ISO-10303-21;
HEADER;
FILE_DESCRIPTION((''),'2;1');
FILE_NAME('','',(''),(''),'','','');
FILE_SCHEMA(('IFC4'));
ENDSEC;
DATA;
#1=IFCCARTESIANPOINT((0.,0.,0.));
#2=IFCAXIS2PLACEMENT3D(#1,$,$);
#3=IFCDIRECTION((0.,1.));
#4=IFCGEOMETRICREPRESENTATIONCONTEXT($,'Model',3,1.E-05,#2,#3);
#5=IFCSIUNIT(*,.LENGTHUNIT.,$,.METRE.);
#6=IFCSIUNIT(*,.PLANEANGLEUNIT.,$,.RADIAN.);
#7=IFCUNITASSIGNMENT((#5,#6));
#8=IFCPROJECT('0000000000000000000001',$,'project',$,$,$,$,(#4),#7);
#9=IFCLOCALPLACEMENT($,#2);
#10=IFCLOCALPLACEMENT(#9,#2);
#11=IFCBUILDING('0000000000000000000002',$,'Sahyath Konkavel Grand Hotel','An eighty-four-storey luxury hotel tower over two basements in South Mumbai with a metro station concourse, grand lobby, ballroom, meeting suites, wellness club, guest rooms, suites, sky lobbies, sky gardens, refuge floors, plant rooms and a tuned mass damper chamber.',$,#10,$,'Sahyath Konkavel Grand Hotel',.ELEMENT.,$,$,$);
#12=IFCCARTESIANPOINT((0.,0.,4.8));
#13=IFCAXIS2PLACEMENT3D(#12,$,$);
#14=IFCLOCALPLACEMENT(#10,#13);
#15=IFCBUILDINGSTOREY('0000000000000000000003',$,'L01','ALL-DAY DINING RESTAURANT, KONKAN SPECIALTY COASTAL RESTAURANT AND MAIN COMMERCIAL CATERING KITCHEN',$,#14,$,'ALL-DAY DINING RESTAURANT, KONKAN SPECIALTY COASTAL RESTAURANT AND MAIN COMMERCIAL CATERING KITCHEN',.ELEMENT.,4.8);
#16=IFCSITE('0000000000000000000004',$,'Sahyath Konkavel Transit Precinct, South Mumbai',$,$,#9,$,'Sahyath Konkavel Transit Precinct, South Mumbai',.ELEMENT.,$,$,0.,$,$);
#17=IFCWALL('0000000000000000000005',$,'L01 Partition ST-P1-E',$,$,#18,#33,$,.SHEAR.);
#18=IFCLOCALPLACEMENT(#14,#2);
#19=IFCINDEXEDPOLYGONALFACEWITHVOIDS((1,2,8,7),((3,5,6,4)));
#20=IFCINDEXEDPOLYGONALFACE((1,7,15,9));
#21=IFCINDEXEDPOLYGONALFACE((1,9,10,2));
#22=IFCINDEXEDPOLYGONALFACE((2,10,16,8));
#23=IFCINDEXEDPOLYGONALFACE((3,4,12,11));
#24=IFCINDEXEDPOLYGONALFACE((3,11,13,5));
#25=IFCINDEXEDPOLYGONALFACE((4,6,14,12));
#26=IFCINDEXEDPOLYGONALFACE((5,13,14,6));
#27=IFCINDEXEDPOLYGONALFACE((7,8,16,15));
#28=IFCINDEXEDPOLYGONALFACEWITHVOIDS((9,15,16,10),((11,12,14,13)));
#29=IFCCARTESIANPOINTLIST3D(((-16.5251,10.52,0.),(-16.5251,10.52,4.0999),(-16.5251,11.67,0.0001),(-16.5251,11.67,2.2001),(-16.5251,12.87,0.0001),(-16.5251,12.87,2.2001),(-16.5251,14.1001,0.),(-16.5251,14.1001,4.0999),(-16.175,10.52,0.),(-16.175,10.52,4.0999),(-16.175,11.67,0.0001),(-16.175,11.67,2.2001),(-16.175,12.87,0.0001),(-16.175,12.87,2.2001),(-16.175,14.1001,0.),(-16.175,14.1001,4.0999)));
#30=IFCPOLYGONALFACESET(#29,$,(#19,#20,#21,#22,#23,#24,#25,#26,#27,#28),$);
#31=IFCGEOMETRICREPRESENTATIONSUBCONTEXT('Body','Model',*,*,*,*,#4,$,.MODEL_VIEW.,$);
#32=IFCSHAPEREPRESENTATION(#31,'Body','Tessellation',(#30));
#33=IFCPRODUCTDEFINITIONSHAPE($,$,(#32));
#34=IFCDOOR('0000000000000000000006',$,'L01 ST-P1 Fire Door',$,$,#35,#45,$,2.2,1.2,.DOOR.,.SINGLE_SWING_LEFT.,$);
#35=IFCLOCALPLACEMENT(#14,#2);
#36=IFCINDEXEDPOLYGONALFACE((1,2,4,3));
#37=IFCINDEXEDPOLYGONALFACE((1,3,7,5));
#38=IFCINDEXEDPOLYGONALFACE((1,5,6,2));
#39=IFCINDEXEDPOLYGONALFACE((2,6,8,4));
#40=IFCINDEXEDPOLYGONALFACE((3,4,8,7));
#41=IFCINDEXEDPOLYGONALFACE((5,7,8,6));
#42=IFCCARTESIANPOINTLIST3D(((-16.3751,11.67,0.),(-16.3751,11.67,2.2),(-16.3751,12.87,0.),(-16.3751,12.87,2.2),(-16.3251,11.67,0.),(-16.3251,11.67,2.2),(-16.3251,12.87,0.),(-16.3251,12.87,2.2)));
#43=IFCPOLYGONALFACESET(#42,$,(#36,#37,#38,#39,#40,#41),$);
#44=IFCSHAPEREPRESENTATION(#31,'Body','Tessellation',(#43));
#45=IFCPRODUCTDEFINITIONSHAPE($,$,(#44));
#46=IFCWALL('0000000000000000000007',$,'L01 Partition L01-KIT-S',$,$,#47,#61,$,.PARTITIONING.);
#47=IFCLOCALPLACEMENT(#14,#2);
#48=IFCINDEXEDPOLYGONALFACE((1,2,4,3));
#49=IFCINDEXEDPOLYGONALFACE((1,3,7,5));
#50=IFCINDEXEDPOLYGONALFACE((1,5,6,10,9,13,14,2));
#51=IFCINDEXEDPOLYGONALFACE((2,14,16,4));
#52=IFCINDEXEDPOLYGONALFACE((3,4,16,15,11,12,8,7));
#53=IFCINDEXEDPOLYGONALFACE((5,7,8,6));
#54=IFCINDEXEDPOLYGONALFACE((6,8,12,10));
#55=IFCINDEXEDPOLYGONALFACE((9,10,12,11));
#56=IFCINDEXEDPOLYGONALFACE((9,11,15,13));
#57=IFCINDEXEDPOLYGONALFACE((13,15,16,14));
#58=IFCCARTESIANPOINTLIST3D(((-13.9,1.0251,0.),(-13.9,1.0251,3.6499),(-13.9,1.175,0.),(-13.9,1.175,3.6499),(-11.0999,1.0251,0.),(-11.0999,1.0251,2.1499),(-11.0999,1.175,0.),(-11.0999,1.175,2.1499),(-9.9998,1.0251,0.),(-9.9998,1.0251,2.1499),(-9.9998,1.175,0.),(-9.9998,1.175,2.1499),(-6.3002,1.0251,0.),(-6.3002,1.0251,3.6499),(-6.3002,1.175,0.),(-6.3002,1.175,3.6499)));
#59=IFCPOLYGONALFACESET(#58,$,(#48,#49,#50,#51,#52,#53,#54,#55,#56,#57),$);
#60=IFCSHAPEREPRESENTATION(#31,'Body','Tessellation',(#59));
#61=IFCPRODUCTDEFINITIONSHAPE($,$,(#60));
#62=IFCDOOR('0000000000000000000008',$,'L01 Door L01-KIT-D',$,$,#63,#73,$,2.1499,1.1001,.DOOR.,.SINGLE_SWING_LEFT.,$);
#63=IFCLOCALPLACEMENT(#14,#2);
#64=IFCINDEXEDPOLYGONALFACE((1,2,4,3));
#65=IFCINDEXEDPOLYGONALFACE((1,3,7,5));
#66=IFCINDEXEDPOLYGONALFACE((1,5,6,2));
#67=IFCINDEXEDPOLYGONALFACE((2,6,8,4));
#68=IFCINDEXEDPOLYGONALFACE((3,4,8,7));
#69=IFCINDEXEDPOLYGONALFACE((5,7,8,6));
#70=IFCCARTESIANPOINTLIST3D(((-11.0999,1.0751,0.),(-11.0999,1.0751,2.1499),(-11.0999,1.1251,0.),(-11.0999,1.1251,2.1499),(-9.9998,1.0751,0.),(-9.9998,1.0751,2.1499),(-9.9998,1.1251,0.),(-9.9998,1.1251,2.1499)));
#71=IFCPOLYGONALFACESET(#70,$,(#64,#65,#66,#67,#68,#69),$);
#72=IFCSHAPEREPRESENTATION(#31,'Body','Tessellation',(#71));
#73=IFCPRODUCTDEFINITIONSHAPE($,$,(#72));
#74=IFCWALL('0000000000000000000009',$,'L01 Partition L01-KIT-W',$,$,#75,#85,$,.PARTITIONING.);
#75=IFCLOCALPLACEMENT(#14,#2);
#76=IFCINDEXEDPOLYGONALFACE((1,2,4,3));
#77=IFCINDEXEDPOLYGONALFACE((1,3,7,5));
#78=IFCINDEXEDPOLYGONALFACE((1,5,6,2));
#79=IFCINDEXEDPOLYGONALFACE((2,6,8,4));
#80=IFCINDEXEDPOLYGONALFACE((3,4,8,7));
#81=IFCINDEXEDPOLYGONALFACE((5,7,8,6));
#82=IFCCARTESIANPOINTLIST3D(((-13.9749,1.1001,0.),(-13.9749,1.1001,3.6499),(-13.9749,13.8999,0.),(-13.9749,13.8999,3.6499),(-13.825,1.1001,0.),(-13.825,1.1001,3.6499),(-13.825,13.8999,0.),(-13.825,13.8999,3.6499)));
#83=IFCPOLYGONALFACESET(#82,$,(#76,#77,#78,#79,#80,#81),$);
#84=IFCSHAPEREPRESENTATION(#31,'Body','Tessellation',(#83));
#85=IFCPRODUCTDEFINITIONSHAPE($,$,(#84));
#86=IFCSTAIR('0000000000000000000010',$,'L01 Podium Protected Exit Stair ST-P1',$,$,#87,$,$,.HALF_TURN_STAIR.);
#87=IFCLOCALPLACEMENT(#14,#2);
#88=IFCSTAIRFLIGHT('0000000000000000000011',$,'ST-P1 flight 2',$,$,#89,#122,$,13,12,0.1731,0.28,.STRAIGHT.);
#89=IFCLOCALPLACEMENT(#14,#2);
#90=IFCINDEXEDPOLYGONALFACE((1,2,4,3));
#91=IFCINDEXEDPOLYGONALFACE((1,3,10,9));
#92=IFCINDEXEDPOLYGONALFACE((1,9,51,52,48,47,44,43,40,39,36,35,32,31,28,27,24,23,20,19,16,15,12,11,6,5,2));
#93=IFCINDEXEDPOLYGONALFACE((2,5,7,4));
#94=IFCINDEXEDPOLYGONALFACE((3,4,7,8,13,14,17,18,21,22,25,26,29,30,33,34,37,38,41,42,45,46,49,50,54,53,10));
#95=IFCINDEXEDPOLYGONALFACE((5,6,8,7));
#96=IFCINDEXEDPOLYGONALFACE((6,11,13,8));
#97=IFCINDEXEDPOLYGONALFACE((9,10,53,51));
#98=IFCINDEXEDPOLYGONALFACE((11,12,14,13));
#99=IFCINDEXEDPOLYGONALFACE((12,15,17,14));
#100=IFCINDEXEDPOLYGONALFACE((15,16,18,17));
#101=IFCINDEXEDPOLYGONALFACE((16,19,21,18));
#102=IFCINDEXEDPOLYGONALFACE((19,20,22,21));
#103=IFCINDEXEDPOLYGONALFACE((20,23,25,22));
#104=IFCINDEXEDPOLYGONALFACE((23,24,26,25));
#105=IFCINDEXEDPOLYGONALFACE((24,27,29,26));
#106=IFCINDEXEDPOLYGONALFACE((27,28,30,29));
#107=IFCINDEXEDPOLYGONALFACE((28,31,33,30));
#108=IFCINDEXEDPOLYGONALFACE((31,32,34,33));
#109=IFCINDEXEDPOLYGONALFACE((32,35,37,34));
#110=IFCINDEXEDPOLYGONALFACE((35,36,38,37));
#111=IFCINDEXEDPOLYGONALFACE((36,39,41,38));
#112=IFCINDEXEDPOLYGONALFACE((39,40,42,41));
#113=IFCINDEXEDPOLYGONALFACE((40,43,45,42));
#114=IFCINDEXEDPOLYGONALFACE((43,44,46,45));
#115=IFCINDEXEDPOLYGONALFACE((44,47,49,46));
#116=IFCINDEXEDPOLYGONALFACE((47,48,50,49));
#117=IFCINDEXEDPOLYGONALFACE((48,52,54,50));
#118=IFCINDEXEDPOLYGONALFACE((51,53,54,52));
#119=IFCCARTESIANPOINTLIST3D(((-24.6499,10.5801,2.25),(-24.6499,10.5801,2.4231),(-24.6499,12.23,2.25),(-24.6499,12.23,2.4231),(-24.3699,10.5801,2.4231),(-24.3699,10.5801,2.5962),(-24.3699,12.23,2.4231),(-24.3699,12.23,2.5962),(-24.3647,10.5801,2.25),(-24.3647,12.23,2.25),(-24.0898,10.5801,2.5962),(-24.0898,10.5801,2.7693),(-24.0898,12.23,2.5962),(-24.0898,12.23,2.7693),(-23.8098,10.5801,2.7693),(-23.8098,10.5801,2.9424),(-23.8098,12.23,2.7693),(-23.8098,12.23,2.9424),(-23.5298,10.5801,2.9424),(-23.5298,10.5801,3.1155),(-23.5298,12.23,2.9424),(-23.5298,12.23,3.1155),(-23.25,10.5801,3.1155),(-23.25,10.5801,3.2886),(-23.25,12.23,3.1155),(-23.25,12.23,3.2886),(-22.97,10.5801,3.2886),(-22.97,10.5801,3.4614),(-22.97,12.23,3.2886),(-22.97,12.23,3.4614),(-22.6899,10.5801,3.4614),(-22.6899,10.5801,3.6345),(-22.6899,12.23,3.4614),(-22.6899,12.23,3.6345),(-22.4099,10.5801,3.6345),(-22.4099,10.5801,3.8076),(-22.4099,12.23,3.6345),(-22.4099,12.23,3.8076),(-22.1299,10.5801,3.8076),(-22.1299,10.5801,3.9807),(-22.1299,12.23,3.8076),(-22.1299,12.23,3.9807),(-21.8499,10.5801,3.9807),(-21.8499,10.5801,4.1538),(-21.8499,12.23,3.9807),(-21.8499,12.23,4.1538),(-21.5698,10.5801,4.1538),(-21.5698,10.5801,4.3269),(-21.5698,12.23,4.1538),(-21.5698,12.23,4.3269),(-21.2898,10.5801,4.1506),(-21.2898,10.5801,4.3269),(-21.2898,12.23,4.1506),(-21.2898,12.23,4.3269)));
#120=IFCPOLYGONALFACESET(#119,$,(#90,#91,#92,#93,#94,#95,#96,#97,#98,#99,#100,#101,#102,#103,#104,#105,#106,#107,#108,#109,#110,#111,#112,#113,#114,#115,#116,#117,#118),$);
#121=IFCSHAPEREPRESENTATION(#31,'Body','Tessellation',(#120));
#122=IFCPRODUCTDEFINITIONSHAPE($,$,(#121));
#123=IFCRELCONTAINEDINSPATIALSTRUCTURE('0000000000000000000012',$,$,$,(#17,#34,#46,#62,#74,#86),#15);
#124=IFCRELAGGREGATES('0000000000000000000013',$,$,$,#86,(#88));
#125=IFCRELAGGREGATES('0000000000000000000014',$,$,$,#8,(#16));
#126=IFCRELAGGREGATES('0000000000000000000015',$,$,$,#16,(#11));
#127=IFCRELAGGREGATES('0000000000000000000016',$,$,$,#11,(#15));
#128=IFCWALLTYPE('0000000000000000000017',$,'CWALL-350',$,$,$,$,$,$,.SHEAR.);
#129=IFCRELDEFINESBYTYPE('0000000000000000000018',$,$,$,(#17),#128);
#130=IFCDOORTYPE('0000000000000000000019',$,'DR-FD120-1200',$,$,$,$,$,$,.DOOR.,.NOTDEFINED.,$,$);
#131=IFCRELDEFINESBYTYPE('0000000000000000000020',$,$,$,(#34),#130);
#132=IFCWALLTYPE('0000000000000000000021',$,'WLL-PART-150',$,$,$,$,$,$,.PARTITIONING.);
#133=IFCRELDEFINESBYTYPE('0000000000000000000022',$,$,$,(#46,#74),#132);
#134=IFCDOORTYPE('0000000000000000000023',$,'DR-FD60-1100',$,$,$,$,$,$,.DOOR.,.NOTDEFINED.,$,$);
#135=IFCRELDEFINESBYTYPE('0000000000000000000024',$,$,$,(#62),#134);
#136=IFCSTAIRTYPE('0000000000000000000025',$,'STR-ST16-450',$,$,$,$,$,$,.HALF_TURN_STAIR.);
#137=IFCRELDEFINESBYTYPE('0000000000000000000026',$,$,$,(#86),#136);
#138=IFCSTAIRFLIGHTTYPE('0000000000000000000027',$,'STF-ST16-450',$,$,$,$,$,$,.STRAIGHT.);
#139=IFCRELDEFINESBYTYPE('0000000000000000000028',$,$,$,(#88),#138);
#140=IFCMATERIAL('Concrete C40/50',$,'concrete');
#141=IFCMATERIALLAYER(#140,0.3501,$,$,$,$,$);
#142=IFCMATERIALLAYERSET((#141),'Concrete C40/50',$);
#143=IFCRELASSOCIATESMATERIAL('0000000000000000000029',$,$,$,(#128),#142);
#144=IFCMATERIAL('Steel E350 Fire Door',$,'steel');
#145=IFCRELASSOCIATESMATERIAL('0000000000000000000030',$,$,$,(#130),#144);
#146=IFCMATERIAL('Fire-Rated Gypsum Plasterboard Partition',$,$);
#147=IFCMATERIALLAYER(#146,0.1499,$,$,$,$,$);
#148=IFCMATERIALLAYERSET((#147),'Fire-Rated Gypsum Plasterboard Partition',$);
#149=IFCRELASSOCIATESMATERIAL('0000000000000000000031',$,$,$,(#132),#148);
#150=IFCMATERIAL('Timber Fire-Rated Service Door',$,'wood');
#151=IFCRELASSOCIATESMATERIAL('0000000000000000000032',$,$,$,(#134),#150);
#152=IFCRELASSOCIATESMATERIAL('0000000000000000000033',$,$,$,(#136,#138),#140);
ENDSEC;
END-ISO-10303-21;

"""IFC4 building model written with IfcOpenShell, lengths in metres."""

from ifc_helpers import new_model, si_unit, direction, frame, frame_2d, origin, origin_2d, place, context, subcontext, project, spatial, polyline, rectangle, outline, extrude, source, transform, mapped, material, layer, layer_set, type_object, element, fill, aggregate, save


model = new_model("IFC4")

# Units and contexts
model_context = context("Model", 3, precision=1e-05, world=origin(), true_north=direction((0.0, 1.0)))
body_context = subcontext(model_context, "Body", "Model", "MODEL_VIEW")
ifc_project = project(units=[si_unit("LENGTHUNIT", "METRE"), si_unit("PLANEANGLEUNIT", "RADIAN")], contexts=[model_context])

# Site, building, storey
site_placement = place(None, origin())
site = spatial("IfcSite", under=ifc_project, at=site_placement, Name="Sahyath Konkavel Transit Precinct, South Mumbai", LongName="Sahyath Konkavel Transit Precinct, South Mumbai", CompositionType="ELEMENT", RefElevation=0.0)
building_placement = place(site_placement, origin())
building = spatial("IfcBuilding", under=site, at=building_placement, Name="Sahyath Konkavel Grand Hotel", Description="An eighty-four-storey luxury hotel tower over two basements in South Mumbai with a metro station concourse, grand lobby, ballroom, meeting suites, wellness club, guest rooms, suites, sky lobbies, sky gardens, refuge floors, plant rooms and a tuned mass damper chamber.", LongName="Sahyath Konkavel Grand Hotel", CompositionType="ELEMENT")
storey_placement = place(building_placement, frame((0.0, 0.0, 4.8)))
storey = spatial("IfcBuildingStorey", under=building, at=storey_placement, Name="L01", Description="ALL-DAY DINING RESTAURANT, KONKAN SPECIALTY COASTAL RESTAURANT AND MAIN COMMERCIAL CATERING KITCHEN", LongName="ALL-DAY DINING RESTAURANT, KONKAN SPECIALTY COASTAL RESTAURANT AND MAIN COMMERCIAL CATERING KITCHEN", CompositionType="ELEMENT", Elevation=4.8)

# Shared definitions
ifc_material_1 = material(Name="Concrete C40/50", Category="concrete")
ifc_layer_1 = layer(ifc_material_1, 0.3501)
ifc_layer_set_1 = layer_set([ifc_layer_1], Name="Concrete C40/50")
wall_type_1 = type_object("IfcWallType", Name="CWALL-350", PredefinedType="SHEAR", material=ifc_layer_set_1)

# Walls, openings, doors
wall_1_placement = place(storey_placement, frame((-16.3501, 10.52, 0.0), z_axis=(0.0, 0.0, 1.0), x_axis=(0.0, 1.0, 0.0)))
wall_1 = element("IfcWall", 1, at=wall_1_placement, inside=storey, type_object=wall_type_1, Name="L01 Partition ST-P1-E", PredefinedType="SHEAR", context=body_context, shape_type="SweptSolid", body=[
    extrude(rectangle(XDim=3.5801, YDim=0.3501, at=frame_2d((1.79, 0.0))), origin(), (0.0, 0.0, 1.0), 4.0999),
])
opening_1_placement = place(wall_1_placement, frame((1.1499, 0.0, 0.0)))
opening_1 = element("IfcOpeningElement", 2, at=opening_1_placement, cuts=wall_1, PredefinedType="OPENING", context=body_context, shape_type="SweptSolid", body=[
    extrude(rectangle(XDim=1.2, YDim=2.2, at=frame_2d((0.6001, 1.1001))), frame((0.0, 0.1851, 0.0), z_axis=(0.0, -1.0, 0.0), x_axis=(1.0, 0.0, 0.0)), (0.0, 0.0, 1.0), 0.3701),
])
ifc_material_2 = material(Name="Steel E350 Fire Door", Category="steel")
door_type_1 = type_object("IfcDoorType", Name="DR-FD120-1200", OperationType="NOTDEFINED", PredefinedType="DOOR", material=ifc_material_2)
shared_shape_1 = source(origin(), body_context, "Body", "SweptSolid", [
    extrude(rectangle(XDim=1.2, YDim=0.05, at=origin_2d()), origin(), (0.0, 0.0, 1.0), 2.2),
])
door_1_placement = place(opening_1_placement, frame((0.6001, 0.0, 0.0)))
door_1 = element("IfcDoor", 3, at=door_1_placement, inside=storey, type_object=door_type_1, Name="L01 ST-P1 Fire Door", OperationType="SINGLE_SWING_LEFT", OverallHeight=2.2, OverallWidth=1.2, PredefinedType="DOOR", context=body_context, shape_type="MappedRepresentation", body=[
    mapped(shared_shape_1, transform((0.0, 0.0, 0.0), scale=1.0)),
])
fill(opening_1, door_1)
ifc_material_3 = material(Name="Fire-Rated Gypsum Plasterboard Partition")
ifc_layer_2 = layer(ifc_material_3, 0.1499)
ifc_layer_set_2 = layer_set([ifc_layer_2], Name="Fire-Rated Gypsum Plasterboard Partition")
wall_type_2 = type_object("IfcWallType", Name="WLL-PART-150", PredefinedType="PARTITIONING", material=ifc_layer_set_2)
wall_2_placement = place(storey_placement, frame((-13.8999, 1.1001, 0.0), z_axis=(0.0, 0.0, 1.0), x_axis=(1.0, 0.0, 0.0)))
wall_2 = element("IfcWall", 4, at=wall_2_placement, inside=storey, type_object=wall_type_2, Name="L01 Partition L01-KIT-S", PredefinedType="PARTITIONING", context=body_context, shape_type="SweptSolid", body=[
    extrude(rectangle(XDim=7.5999, YDim=0.1499, at=frame_2d((3.7998, 0.0))), origin(), (0.0, 0.0, 1.0), 3.6499),
])
opening_2_placement = place(wall_2_placement, frame((2.8, 0.0, 0.0)))
opening_2 = element("IfcOpeningElement", 5, at=opening_2_placement, cuts=wall_2, PredefinedType="OPENING", context=body_context, shape_type="SweptSolid", body=[
    extrude(rectangle(XDim=1.1001, YDim=2.1499, at=frame_2d((0.55, 1.075))), frame((0.0, 0.085, 0.0), z_axis=(0.0, -1.0, 0.0), x_axis=(1.0, 0.0, 0.0)), (0.0, 0.0, 1.0), 0.1699),
])
ifc_material_4 = material(Name="Timber Fire-Rated Service Door", Category="wood")
door_type_2 = type_object("IfcDoorType", Name="DR-FD60-1100", OperationType="NOTDEFINED", PredefinedType="DOOR", material=ifc_material_4)
shared_shape_2 = source(origin(), body_context, "Body", "SweptSolid", [
    extrude(rectangle(XDim=1.1001, YDim=0.05, at=origin_2d()), origin(), (0.0, 0.0, 1.0), 2.1499),
])
door_2_placement = place(opening_2_placement, frame((0.55, 0.0, 0.0)))
door_2 = element("IfcDoor", 6, at=door_2_placement, inside=storey, type_object=door_type_2, Name="L01 Door L01-KIT-D", OperationType="SINGLE_SWING_LEFT", OverallHeight=2.1499, OverallWidth=1.1001, PredefinedType="DOOR", context=body_context, shape_type="MappedRepresentation", body=[
    mapped(shared_shape_2, transform((0.0, 0.0, 0.0), scale=1.0)),
])
fill(opening_2, door_2)

# Wall
wall_3_placement = place(storey_placement, frame((-13.8999, 1.1001, 0.0), z_axis=(0.0, 0.0, 1.0), x_axis=(0.0, 1.0, 0.0)))
element("IfcWall", 7, at=wall_3_placement, inside=storey, type_object=wall_type_2, Name="L01 Partition L01-KIT-W", PredefinedType="PARTITIONING", context=body_context, shape_type="SweptSolid", body=[
    extrude(rectangle(XDim=12.7998, YDim=0.1499, at=frame_2d((6.3999, 0.0))), origin(), (0.0, 0.0, 1.0), 3.6499),
])

# Stair, stair flight
stair_type = type_object("IfcStairType", Name="STR-ST16-450", PredefinedType="HALF_TURN_STAIR", material=ifc_material_1)
stair_placement = place(storey_placement, origin())
stair = element("IfcStair", 8, at=stair_placement, inside=storey, type_object=stair_type, Name="L01 Podium Protected Exit Stair ST-P1", PredefinedType="HALF_TURN_STAIR")
stair_flight_type = type_object("IfcStairFlightType", Name="STF-ST16-450", PredefinedType="STRAIGHT", material=ifc_material_1)
stair_flight_placement = place(storey_placement, frame((-24.6499, 11.405, 2.25), z_axis=(0.0, 0.0, 1.0), x_axis=(1.0, 0.0, 0.0)))
stair_flight = element("IfcStairFlight", 9, at=stair_flight_placement, type_object=stair_flight_type, Name="ST-P1 flight 2", NumberOfRisers=13, NumberOfTreads=12, PredefinedType="STRAIGHT", RiserHeight=0.1731, TreadLength=0.28, context=body_context, shape_type="SweptSolid", body=[
    extrude(outline(polyline([(0.0, 0.0), (0.0, 0.1731), (0.28, 0.1731), (0.28, 0.3462), (0.5601, 0.3462), (0.5601, 0.5193), (0.8401, 0.5193), (0.8401, 0.6924), (1.1201, 0.6924), (1.1201, 0.8655), (1.3999, 0.8655), (1.3999, 1.0386), (1.6799, 1.0386), (1.6799, 1.2114), (1.96, 1.2114), (1.96, 1.3845), (2.24, 1.3845), (2.24, 1.5576), (2.52, 1.5576), (2.52, 1.7307), (2.8, 1.7307), (2.8, 1.9038), (3.0801, 1.9038), (3.0801, 2.0769), (3.3601, 2.0769), (3.3601, 2.25), (3.3601, 1.9006), (0.2852, 0.0), (0.0, 0.0)])), frame((0.0, 0.825, 0.0), z_axis=(0.0, -1.0, 0.0), x_axis=(1.0, 0.0, 0.0)), (0.0, 0.0, 1.0), 1.6499),
])
aggregate(stair, [stair_flight])

save(model, "model.ifc")
